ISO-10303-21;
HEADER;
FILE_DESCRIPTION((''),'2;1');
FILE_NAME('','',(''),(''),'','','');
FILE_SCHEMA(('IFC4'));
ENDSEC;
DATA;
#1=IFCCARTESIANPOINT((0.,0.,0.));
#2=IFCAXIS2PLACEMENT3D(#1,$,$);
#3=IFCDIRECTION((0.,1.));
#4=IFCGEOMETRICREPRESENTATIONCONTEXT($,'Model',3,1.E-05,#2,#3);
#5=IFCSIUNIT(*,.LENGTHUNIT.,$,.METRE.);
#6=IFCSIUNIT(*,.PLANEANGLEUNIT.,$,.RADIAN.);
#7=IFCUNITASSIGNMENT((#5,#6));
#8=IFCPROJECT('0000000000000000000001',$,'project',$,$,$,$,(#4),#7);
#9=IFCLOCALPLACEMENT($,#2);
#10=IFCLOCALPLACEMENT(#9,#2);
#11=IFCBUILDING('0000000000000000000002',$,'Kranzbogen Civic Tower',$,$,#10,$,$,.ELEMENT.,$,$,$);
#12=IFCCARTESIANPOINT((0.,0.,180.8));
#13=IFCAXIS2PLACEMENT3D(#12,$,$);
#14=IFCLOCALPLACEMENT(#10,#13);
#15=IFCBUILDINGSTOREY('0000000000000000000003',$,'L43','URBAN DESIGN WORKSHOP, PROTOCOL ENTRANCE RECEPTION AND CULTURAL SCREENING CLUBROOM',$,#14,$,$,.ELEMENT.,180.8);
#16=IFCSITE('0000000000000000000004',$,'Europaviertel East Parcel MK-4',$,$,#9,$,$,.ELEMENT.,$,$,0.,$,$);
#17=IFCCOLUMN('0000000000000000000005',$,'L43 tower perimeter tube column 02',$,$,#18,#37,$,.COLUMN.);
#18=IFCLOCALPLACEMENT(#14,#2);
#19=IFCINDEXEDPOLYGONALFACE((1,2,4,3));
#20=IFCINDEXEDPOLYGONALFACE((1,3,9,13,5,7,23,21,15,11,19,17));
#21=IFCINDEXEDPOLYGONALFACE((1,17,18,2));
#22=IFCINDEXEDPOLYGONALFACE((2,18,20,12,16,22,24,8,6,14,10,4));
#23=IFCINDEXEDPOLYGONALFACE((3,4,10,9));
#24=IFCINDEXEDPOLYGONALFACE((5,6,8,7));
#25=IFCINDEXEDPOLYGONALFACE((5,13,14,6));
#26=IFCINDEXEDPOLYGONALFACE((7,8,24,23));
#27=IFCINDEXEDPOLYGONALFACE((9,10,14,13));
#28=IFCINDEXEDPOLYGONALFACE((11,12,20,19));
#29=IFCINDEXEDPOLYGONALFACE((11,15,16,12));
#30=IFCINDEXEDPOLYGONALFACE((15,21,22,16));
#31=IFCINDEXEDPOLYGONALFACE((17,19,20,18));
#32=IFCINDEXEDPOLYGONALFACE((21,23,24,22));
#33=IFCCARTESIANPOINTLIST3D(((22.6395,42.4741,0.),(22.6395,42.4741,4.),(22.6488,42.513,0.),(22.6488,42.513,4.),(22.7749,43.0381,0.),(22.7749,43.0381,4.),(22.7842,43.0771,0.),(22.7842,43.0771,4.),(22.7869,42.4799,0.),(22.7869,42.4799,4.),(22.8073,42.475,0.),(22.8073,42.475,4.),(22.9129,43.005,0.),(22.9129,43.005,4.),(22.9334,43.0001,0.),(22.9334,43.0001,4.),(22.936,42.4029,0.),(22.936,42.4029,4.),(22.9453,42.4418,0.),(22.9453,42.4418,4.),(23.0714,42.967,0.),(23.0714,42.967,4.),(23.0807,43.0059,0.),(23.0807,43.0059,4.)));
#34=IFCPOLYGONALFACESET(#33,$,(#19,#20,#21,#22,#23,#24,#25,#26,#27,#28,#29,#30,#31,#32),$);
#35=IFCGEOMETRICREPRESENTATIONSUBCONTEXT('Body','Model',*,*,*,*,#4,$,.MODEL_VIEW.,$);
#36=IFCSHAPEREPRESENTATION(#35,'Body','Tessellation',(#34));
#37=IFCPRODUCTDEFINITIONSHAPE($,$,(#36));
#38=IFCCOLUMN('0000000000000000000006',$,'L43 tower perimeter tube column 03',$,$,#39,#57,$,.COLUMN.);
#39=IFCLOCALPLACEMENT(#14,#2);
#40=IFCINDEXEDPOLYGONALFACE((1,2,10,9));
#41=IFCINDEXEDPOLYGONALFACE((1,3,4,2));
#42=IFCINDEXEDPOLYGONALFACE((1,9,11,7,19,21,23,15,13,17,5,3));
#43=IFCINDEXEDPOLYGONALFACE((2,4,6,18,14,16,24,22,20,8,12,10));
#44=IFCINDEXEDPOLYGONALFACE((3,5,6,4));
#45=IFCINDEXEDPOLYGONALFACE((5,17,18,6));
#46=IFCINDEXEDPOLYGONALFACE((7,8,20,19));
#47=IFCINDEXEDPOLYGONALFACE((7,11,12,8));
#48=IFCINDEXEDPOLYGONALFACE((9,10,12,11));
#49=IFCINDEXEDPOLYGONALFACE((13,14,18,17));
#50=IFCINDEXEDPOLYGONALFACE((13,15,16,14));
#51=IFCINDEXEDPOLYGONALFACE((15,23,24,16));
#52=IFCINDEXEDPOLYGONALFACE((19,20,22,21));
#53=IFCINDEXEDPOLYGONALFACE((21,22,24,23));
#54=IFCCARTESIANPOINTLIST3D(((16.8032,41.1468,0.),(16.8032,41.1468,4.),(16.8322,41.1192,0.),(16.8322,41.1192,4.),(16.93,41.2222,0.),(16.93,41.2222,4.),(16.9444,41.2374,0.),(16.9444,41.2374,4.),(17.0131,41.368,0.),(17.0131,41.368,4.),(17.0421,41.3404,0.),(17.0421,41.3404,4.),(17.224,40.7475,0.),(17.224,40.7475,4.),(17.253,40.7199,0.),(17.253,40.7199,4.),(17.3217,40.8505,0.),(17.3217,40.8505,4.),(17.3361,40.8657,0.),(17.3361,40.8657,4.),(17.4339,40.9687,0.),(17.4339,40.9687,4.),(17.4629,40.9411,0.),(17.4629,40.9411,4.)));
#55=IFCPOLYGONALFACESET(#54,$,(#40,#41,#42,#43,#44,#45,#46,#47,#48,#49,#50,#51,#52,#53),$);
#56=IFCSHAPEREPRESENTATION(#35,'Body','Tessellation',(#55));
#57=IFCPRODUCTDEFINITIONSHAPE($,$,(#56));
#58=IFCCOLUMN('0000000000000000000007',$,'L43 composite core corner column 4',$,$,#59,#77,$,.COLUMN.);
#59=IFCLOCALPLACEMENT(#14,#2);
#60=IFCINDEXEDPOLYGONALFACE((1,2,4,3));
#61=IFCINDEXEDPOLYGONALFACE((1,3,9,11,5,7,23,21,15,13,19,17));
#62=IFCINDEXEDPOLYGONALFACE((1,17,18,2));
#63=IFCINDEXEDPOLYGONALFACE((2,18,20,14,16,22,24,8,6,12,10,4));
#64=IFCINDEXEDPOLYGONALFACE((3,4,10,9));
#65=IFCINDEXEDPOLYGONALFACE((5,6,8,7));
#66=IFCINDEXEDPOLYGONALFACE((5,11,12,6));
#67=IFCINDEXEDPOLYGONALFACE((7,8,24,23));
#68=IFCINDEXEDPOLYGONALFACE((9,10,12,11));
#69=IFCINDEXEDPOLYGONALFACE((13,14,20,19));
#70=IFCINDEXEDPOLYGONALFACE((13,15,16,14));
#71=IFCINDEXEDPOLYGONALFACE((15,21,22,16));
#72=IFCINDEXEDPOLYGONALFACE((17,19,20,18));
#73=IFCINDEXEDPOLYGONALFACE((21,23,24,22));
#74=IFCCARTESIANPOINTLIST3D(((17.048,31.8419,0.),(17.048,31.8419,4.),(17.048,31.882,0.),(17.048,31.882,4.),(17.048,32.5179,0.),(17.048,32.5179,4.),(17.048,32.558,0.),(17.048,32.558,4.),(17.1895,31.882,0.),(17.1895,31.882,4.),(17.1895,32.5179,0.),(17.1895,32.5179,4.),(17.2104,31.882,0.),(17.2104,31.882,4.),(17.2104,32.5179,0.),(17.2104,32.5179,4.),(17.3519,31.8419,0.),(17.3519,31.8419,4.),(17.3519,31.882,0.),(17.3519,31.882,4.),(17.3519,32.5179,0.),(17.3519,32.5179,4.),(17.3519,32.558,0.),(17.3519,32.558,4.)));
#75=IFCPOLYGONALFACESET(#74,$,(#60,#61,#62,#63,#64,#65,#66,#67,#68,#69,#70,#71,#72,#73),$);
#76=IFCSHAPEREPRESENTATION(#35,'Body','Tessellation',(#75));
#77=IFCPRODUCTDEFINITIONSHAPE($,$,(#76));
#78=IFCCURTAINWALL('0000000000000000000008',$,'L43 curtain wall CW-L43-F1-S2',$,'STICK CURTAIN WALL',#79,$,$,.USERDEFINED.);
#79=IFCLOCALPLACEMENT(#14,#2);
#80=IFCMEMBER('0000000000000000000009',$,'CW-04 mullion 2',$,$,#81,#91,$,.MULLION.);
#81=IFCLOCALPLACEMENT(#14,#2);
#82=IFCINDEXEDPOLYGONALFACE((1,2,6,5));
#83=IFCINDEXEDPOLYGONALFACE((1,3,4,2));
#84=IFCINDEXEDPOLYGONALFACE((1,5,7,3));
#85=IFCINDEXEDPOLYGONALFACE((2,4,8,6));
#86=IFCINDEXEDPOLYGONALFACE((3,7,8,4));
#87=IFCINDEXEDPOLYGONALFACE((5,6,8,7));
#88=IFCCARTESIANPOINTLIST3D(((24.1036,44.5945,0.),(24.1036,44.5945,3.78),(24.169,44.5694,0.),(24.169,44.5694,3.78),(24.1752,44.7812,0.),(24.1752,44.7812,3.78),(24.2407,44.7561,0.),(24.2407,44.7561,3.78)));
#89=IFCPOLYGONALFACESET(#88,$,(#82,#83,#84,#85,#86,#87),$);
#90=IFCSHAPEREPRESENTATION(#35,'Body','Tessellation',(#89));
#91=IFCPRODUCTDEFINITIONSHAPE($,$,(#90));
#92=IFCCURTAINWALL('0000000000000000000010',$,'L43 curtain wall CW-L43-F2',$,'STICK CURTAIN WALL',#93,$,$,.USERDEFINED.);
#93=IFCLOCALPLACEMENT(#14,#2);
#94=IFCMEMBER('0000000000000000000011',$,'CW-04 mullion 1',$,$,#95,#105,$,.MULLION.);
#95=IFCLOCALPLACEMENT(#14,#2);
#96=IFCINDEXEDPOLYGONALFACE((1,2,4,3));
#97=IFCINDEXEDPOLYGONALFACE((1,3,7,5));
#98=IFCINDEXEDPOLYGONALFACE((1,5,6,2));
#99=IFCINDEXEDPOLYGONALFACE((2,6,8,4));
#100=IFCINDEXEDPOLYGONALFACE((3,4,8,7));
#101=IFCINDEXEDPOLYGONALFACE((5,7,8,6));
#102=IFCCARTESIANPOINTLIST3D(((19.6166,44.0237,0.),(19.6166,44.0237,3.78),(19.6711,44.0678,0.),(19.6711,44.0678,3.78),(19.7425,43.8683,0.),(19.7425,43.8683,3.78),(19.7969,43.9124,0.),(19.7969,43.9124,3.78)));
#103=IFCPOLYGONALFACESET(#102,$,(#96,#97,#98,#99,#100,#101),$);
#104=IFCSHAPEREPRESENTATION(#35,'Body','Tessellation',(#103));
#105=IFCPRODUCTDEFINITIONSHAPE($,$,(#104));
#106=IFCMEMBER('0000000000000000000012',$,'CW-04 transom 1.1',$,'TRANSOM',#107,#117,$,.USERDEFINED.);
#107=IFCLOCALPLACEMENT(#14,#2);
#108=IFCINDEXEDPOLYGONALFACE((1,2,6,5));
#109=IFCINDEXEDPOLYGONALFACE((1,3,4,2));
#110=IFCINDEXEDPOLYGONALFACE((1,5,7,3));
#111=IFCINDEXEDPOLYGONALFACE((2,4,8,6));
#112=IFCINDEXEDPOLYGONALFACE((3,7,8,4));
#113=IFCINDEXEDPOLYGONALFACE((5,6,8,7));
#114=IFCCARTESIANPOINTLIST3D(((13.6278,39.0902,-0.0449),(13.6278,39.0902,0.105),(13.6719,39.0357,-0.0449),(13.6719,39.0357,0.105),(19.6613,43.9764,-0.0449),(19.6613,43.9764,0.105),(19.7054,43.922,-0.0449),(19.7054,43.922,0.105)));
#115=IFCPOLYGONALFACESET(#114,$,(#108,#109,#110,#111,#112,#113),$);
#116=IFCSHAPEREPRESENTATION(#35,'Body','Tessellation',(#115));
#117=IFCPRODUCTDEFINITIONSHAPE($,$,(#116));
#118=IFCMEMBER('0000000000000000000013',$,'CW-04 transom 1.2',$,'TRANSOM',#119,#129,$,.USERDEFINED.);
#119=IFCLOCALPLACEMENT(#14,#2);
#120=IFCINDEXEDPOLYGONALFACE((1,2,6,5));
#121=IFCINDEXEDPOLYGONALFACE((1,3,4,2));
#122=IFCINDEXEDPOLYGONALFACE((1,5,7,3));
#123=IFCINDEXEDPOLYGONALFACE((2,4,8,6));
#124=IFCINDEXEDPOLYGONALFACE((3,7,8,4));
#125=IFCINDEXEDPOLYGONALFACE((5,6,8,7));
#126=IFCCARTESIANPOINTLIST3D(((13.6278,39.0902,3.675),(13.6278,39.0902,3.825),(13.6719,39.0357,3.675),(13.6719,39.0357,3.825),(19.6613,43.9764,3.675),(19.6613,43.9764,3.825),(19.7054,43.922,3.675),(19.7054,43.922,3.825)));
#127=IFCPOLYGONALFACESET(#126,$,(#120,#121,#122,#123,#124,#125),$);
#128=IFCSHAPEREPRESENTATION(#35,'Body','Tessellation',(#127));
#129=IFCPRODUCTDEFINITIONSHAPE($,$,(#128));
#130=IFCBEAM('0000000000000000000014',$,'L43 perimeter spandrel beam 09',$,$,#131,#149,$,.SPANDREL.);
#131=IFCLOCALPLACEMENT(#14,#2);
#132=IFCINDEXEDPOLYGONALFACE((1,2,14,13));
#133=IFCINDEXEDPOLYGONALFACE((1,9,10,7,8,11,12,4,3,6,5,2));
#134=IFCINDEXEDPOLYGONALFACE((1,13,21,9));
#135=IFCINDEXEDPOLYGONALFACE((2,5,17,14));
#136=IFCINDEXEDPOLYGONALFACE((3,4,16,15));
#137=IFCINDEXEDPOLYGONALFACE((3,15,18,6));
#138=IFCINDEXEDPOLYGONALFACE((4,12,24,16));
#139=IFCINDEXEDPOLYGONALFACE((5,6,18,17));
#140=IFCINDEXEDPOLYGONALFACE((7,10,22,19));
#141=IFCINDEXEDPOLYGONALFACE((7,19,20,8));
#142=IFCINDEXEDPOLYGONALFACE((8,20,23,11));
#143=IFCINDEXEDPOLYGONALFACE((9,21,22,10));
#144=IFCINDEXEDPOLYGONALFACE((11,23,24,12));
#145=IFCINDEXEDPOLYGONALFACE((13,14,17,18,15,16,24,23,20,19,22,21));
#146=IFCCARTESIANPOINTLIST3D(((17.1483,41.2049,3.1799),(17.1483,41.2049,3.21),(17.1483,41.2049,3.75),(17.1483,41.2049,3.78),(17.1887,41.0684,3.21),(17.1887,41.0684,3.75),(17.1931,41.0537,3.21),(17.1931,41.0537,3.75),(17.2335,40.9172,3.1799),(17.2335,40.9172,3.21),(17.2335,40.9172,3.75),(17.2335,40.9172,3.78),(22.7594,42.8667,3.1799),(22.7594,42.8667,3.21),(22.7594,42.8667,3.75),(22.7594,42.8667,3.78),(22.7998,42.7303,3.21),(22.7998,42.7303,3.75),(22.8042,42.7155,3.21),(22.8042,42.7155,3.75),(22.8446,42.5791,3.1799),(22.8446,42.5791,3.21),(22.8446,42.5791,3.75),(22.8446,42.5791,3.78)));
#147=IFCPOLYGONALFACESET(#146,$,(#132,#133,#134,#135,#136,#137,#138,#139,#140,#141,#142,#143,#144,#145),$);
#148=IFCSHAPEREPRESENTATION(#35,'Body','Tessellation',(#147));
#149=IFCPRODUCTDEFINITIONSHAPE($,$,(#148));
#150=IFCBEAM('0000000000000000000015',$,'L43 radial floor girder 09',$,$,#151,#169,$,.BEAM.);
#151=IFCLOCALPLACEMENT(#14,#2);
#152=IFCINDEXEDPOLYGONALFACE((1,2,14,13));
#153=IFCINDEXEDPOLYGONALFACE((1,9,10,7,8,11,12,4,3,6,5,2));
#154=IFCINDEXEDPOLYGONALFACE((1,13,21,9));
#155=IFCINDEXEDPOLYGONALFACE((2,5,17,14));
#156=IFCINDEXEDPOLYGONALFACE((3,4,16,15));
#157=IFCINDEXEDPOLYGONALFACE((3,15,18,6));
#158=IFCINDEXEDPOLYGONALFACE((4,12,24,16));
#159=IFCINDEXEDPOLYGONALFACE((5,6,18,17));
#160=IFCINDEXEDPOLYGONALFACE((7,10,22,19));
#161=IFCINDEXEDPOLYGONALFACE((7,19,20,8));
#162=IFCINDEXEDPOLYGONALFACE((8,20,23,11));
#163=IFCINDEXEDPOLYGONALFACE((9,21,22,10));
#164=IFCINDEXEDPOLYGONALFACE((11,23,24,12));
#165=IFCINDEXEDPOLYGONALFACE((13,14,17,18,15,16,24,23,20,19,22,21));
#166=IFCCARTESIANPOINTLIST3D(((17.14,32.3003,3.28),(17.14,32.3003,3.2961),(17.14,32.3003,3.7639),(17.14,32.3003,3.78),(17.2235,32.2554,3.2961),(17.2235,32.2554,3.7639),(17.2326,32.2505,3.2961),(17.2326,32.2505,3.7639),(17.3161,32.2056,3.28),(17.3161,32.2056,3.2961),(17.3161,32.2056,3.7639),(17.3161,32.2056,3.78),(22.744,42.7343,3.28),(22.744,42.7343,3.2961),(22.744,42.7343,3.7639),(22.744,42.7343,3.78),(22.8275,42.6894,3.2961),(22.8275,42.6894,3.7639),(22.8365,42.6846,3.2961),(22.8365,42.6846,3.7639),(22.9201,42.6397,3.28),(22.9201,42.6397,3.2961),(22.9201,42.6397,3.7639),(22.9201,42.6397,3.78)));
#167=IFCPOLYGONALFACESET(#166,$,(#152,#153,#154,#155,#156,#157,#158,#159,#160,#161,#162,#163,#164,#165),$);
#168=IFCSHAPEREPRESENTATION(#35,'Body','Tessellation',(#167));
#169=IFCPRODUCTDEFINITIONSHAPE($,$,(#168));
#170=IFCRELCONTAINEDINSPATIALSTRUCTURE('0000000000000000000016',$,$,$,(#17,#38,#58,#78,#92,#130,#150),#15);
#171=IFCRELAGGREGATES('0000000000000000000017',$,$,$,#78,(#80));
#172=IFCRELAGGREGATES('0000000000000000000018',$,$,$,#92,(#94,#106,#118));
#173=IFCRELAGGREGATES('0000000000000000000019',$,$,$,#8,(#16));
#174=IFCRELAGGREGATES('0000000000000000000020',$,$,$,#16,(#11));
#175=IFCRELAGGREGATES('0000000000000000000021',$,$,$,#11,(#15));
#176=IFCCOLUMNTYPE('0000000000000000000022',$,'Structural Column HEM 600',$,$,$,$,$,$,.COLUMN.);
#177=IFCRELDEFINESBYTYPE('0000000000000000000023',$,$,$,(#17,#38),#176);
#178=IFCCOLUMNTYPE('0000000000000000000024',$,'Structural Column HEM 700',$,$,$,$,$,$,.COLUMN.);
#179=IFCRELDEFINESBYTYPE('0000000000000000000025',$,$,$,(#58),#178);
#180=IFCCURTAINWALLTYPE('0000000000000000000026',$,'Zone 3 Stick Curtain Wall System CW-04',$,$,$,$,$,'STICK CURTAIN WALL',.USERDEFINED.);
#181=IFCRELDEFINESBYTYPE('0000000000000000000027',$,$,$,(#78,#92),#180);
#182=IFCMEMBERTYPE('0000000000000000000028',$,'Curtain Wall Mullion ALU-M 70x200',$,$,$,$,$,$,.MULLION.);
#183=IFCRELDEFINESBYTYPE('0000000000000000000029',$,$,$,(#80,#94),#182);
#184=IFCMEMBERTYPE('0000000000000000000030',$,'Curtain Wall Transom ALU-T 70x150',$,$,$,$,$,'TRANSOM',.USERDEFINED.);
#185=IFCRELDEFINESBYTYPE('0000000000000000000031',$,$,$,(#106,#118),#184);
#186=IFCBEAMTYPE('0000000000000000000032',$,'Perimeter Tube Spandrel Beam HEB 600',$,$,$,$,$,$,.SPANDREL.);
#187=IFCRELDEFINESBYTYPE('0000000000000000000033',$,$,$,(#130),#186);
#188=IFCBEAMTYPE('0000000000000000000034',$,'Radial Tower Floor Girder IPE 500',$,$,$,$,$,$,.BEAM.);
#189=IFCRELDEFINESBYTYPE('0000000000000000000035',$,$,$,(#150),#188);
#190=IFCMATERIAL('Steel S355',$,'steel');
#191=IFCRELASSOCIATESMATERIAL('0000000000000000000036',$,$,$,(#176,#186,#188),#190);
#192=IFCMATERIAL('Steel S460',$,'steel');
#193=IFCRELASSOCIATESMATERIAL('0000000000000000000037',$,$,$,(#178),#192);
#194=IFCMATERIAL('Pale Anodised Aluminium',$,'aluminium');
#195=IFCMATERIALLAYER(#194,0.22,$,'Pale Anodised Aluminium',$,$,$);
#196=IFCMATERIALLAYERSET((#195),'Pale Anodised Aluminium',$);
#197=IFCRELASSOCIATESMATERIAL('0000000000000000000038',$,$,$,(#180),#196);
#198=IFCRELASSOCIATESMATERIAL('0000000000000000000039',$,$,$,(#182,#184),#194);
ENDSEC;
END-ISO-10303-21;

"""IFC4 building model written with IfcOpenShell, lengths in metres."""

from ifc_helpers import new_model, si_unit, direction, frame, origin, origin_2d, place, context, subcontext, project, spatial, rectangle, i_section, extrude, material, layer, layer_set, material_profile, profile_set, type_object, element, aggregate, save


model = new_model("IFC4")

# Units and contexts
model_context = context("Model", 3, precision=1e-05, world=origin(), true_north=direction((0.0, 1.0)))
body_context = subcontext(model_context, "Body", "Model", "MODEL_VIEW")
ifc_project = project(units=[si_unit("LENGTHUNIT", "METRE"), si_unit("PLANEANGLEUNIT", "RADIAN")], contexts=[model_context])

# Site, building, storey
site_placement = place(None, origin())
site = spatial("IfcSite", under=ifc_project, at=site_placement, Name="Europaviertel East Parcel MK-4", CompositionType="ELEMENT", RefElevation=0.0)
building_placement = place(site_placement, origin())
building = spatial("IfcBuilding", under=site, at=building_placement, Name="Kranzbogen Civic Tower", CompositionType="ELEMENT")
storey_placement = place(building_placement, frame((0.0, 0.0, 180.8)))
storey = spatial("IfcBuildingStorey", under=building, at=storey_placement, Name="L43", Description="URBAN DESIGN WORKSHOP, PROTOCOL ENTRANCE RECEPTION AND CULTURAL SCREENING CLUBROOM", CompositionType="ELEMENT", Elevation=180.8)

# Columns
ifc_material_1 = material(Name="Steel S355", Category="steel")
ifc_material_profile_1 = material_profile(ifc_material_1, i_section(OverallWidth=0.3049, OverallDepth=0.6201, WebThickness=0.021, FlangeThickness=0.04, at=origin_2d()), Name="HEM 600")
ifc_profile_set_1 = profile_set([ifc_material_profile_1], Name="Steel S355")
column_type_1 = type_object("IfcColumnType", Name="Structural Column HEM 600", PredefinedType="COLUMN", material=ifc_profile_set_1)
for number, where, z_axis, x_axis, name in (
    (1, (22.8601, 42.74, 0.0), (0.0, 0.0, 1.0), (-0.97237, 0.233445, 0.0), "L43 tower perimeter tube column 02"),
    (2, (17.1331, 41.0439, 0.0), (0.0, 0.0, 1.0), (0.688355, 0.725374, 0.0), "L43 tower perimeter tube column 03"),
):
    element("IfcColumn", number, at=place(storey_placement, frame(where, z_axis=z_axis, x_axis=x_axis)), inside=storey, type_object=column_type_1, Name=name, PredefinedType="COLUMN", context=body_context, shape_type="SweptSolid", body=[
        extrude(i_section(OverallWidth=0.3049, OverallDepth=0.6201, WebThickness=0.021, FlangeThickness=0.04, at=origin_2d()), origin(), (0.0, 0.0, 1.0), 4.0),
    ])
ifc_material_2 = material(Name="Steel S460", Category="steel")
ifc_material_profile_2 = material_profile(ifc_material_2, i_section(OverallWidth=0.304, OverallDepth=0.7161, WebThickness=0.021, FlangeThickness=0.04, at=origin_2d()), Name="HEM 700")
ifc_profile_set_2 = profile_set([ifc_material_profile_2], Name="Steel S460")
column_type_2 = type_object("IfcColumnType", Name="Structural Column HEM 700", PredefinedType="COLUMN", material=ifc_profile_set_2)
column_placement = place(storey_placement, frame((17.2, 32.2, 0.0), z_axis=(0.0, 0.0, 1.0), x_axis=(1.0, 0.0, 0.0)))
element("IfcColumn", 3, at=column_placement, inside=storey, type_object=column_type_2, Name="L43 composite core corner column 4", PredefinedType="COLUMN", context=body_context, shape_type="SweptSolid", body=[
    extrude(i_section(OverallWidth=0.304, OverallDepth=0.7161, WebThickness=0.021, FlangeThickness=0.04, at=origin_2d()), origin(), (0.0, 0.0, 1.0), 4.0),
])

# Curtain wall, member
ifc_material_3 = material(Name="Pale Anodised Aluminium", Category="aluminium")
ifc_layer_1 = layer(ifc_material_3, 0.22, Name="Pale Anodised Aluminium")
ifc_layer_set_1 = layer_set([ifc_layer_1], Name="Pale Anodised Aluminium")
curtain_wall_type = type_object("IfcCurtainWallType", Name="Zone 3 Stick Curtain Wall System CW-04", ElementType="STICK CURTAIN WALL", PredefinedType="USERDEFINED", material=ifc_layer_set_1)
curtain_wall_1_placement = place(storey_placement, origin())
curtain_wall_1 = element("IfcCurtainWall", 4, at=curtain_wall_1_placement, inside=storey, type_object=curtain_wall_type, Name="L43 curtain wall CW-L43-F1-S2", ObjectType="STICK CURTAIN WALL", PredefinedType="USERDEFINED")
ifc_material_profile_3 = material_profile(ifc_material_3, rectangle(XDim=0.0701, YDim=0.2, at=origin_2d()), Name="ALU-M 70x200")
ifc_profile_set_3 = profile_set([ifc_material_profile_3], Name="Pale Anodised Aluminium")
member_type_1 = type_object("IfcMemberType", Name="Curtain Wall Mullion ALU-M 70x200", PredefinedType="MULLION", material=ifc_profile_set_3)
member_1_placement = place(storey_placement, frame((24.1721, 44.6753, 0.0), z_axis=(0.0, 0.0, 1.0), x_axis=(-0.933578, 0.358375, 0.0)))
member_1 = element("IfcMember", 5, at=member_1_placement, type_object=member_type_1, Name="CW-04 mullion 2", PredefinedType="MULLION", context=body_context, shape_type="SweptSolid", body=[
    extrude(rectangle(XDim=0.0701, YDim=0.2, at=origin_2d()), origin(), (0.0, 0.0, 1.0), 3.78),
])
aggregate(curtain_wall_1, [member_1])

# Curtain wall, members
curtain_wall_2_placement = place(storey_placement, origin())
curtain_wall_2 = element("IfcCurtainWall", 6, at=curtain_wall_2_placement, inside=storey, type_object=curtain_wall_type, Name="L43 curtain wall CW-L43-F2", ObjectType="STICK CURTAIN WALL", PredefinedType="USERDEFINED")
member_2_placement = place(storey_placement, frame((19.7068, 43.968, 0.0), z_axis=(0.0, 0.0, 1.0), x_axis=(-0.777116, -0.629358, 0.0)))
member_2 = element("IfcMember", 7, at=member_2_placement, type_object=member_type_1, Name="CW-04 mullion 1", PredefinedType="MULLION", context=body_context, shape_type="SweptSolid", body=[
    extrude(rectangle(XDim=0.0701, YDim=0.2, at=origin_2d()), origin(), (0.0, 0.0, 1.0), 3.78),
])
ifc_material_profile_4 = material_profile(ifc_material_3, rectangle(XDim=0.0701, YDim=0.1499, at=origin_2d()), Name="ALU-T 70x150")
ifc_profile_set_4 = profile_set([ifc_material_profile_4], Name="Pale Anodised Aluminium")
member_type_2 = type_object("IfcMemberType", Name="Curtain Wall Transom ALU-T 70x150", ElementType="TRANSOM", PredefinedType="USERDEFINED", material=ifc_profile_set_4)
member_3_placement = place(storey_placement, frame((19.6833, 43.9492, 0.03), z_axis=(-0.777118, -0.629355, 0.0), x_axis=(0.629355, -0.777118, 0.0)))
member_3 = element("IfcMember", 8, at=member_3_placement, type_object=member_type_2, Name="CW-04 transom 1.1", ObjectType="TRANSOM", PredefinedType="USERDEFINED", context=body_context, shape_type="SweptSolid", body=[
    extrude(rectangle(XDim=0.0701, YDim=0.1499, at=origin_2d()), origin(), (0.0, 0.0, 1.0), 7.7639),
])
member_4_placement = place(storey_placement, frame((19.6833, 43.9492, 3.75), z_axis=(-0.777118, -0.629355, 0.0), x_axis=(0.629355, -0.777118, 0.0)))
member_4 = element("IfcMember", 9, at=member_4_placement, type_object=member_type_2, Name="CW-04 transom 1.2", ObjectType="TRANSOM", PredefinedType="USERDEFINED", context=body_context, shape_type="SweptSolid", body=[
    extrude(rectangle(XDim=0.0701, YDim=0.1499, at=origin_2d()), origin(), (0.0, 0.0, 1.0), 7.7639),
])
aggregate(curtain_wall_2, [member_2, member_3, member_4])

# Beams
ifc_material_profile_5 = material_profile(ifc_material_1, i_section(OverallWidth=0.3, OverallDepth=0.6001, WebThickness=0.0154, FlangeThickness=0.03, at=origin_2d()), Name="HEB 600")
ifc_profile_set_5 = profile_set([ifc_material_profile_5], Name="Steel S355")
beam_type_1 = type_object("IfcBeamType", Name="Perimeter Tube Spandrel Beam HEB 600", PredefinedType="SPANDREL", material=ifc_profile_set_5)
beam_1_placement = place(storey_placement, frame((22.802, 42.7229, 3.48), z_axis=(-0.95883, -0.283982, 0.0), x_axis=(0.283982, -0.95883, 0.0)))
element("IfcBeam", 10, at=beam_1_placement, inside=storey, type_object=beam_type_1, Name="L43 perimeter spandrel beam 09", PredefinedType="SPANDREL", context=body_context, shape_type="SweptSolid", body=[
    extrude(i_section(OverallWidth=0.3, OverallDepth=0.6001, WebThickness=0.0154, FlangeThickness=0.03, at=origin_2d()), origin(), (0.0, 0.0, 1.0), 5.8521),
])
ifc_material_profile_6 = material_profile(ifc_material_1, i_section(OverallWidth=0.2, OverallDepth=0.5, WebThickness=0.0103, FlangeThickness=0.0161, at=origin_2d()), Name="IPE 500")
ifc_profile_set_6 = profile_set([ifc_material_profile_6], Name="Steel S355")
beam_type_2 = type_object("IfcBeamType", Name="Radial Tower Floor Girder IPE 500", PredefinedType="BEAM", material=ifc_profile_set_6)
beam_2_placement = place(storey_placement, frame((22.832, 42.687, 3.53), z_axis=(-0.47316, -0.880976, 0.0), x_axis=(0.880976, -0.47316, 0.0)))
element("IfcBeam", 11, at=beam_2_placement, inside=storey, type_object=beam_type_2, Name="L43 radial floor girder 09", PredefinedType="BEAM", context=body_context, shape_type="SweptSolid", body=[
    extrude(i_section(OverallWidth=0.2, OverallDepth=0.5, WebThickness=0.0103, FlangeThickness=0.0161, at=origin_2d()), origin(), (0.0, 0.0, 1.0), 11.8438),
])

save(model, "model.ifc")
